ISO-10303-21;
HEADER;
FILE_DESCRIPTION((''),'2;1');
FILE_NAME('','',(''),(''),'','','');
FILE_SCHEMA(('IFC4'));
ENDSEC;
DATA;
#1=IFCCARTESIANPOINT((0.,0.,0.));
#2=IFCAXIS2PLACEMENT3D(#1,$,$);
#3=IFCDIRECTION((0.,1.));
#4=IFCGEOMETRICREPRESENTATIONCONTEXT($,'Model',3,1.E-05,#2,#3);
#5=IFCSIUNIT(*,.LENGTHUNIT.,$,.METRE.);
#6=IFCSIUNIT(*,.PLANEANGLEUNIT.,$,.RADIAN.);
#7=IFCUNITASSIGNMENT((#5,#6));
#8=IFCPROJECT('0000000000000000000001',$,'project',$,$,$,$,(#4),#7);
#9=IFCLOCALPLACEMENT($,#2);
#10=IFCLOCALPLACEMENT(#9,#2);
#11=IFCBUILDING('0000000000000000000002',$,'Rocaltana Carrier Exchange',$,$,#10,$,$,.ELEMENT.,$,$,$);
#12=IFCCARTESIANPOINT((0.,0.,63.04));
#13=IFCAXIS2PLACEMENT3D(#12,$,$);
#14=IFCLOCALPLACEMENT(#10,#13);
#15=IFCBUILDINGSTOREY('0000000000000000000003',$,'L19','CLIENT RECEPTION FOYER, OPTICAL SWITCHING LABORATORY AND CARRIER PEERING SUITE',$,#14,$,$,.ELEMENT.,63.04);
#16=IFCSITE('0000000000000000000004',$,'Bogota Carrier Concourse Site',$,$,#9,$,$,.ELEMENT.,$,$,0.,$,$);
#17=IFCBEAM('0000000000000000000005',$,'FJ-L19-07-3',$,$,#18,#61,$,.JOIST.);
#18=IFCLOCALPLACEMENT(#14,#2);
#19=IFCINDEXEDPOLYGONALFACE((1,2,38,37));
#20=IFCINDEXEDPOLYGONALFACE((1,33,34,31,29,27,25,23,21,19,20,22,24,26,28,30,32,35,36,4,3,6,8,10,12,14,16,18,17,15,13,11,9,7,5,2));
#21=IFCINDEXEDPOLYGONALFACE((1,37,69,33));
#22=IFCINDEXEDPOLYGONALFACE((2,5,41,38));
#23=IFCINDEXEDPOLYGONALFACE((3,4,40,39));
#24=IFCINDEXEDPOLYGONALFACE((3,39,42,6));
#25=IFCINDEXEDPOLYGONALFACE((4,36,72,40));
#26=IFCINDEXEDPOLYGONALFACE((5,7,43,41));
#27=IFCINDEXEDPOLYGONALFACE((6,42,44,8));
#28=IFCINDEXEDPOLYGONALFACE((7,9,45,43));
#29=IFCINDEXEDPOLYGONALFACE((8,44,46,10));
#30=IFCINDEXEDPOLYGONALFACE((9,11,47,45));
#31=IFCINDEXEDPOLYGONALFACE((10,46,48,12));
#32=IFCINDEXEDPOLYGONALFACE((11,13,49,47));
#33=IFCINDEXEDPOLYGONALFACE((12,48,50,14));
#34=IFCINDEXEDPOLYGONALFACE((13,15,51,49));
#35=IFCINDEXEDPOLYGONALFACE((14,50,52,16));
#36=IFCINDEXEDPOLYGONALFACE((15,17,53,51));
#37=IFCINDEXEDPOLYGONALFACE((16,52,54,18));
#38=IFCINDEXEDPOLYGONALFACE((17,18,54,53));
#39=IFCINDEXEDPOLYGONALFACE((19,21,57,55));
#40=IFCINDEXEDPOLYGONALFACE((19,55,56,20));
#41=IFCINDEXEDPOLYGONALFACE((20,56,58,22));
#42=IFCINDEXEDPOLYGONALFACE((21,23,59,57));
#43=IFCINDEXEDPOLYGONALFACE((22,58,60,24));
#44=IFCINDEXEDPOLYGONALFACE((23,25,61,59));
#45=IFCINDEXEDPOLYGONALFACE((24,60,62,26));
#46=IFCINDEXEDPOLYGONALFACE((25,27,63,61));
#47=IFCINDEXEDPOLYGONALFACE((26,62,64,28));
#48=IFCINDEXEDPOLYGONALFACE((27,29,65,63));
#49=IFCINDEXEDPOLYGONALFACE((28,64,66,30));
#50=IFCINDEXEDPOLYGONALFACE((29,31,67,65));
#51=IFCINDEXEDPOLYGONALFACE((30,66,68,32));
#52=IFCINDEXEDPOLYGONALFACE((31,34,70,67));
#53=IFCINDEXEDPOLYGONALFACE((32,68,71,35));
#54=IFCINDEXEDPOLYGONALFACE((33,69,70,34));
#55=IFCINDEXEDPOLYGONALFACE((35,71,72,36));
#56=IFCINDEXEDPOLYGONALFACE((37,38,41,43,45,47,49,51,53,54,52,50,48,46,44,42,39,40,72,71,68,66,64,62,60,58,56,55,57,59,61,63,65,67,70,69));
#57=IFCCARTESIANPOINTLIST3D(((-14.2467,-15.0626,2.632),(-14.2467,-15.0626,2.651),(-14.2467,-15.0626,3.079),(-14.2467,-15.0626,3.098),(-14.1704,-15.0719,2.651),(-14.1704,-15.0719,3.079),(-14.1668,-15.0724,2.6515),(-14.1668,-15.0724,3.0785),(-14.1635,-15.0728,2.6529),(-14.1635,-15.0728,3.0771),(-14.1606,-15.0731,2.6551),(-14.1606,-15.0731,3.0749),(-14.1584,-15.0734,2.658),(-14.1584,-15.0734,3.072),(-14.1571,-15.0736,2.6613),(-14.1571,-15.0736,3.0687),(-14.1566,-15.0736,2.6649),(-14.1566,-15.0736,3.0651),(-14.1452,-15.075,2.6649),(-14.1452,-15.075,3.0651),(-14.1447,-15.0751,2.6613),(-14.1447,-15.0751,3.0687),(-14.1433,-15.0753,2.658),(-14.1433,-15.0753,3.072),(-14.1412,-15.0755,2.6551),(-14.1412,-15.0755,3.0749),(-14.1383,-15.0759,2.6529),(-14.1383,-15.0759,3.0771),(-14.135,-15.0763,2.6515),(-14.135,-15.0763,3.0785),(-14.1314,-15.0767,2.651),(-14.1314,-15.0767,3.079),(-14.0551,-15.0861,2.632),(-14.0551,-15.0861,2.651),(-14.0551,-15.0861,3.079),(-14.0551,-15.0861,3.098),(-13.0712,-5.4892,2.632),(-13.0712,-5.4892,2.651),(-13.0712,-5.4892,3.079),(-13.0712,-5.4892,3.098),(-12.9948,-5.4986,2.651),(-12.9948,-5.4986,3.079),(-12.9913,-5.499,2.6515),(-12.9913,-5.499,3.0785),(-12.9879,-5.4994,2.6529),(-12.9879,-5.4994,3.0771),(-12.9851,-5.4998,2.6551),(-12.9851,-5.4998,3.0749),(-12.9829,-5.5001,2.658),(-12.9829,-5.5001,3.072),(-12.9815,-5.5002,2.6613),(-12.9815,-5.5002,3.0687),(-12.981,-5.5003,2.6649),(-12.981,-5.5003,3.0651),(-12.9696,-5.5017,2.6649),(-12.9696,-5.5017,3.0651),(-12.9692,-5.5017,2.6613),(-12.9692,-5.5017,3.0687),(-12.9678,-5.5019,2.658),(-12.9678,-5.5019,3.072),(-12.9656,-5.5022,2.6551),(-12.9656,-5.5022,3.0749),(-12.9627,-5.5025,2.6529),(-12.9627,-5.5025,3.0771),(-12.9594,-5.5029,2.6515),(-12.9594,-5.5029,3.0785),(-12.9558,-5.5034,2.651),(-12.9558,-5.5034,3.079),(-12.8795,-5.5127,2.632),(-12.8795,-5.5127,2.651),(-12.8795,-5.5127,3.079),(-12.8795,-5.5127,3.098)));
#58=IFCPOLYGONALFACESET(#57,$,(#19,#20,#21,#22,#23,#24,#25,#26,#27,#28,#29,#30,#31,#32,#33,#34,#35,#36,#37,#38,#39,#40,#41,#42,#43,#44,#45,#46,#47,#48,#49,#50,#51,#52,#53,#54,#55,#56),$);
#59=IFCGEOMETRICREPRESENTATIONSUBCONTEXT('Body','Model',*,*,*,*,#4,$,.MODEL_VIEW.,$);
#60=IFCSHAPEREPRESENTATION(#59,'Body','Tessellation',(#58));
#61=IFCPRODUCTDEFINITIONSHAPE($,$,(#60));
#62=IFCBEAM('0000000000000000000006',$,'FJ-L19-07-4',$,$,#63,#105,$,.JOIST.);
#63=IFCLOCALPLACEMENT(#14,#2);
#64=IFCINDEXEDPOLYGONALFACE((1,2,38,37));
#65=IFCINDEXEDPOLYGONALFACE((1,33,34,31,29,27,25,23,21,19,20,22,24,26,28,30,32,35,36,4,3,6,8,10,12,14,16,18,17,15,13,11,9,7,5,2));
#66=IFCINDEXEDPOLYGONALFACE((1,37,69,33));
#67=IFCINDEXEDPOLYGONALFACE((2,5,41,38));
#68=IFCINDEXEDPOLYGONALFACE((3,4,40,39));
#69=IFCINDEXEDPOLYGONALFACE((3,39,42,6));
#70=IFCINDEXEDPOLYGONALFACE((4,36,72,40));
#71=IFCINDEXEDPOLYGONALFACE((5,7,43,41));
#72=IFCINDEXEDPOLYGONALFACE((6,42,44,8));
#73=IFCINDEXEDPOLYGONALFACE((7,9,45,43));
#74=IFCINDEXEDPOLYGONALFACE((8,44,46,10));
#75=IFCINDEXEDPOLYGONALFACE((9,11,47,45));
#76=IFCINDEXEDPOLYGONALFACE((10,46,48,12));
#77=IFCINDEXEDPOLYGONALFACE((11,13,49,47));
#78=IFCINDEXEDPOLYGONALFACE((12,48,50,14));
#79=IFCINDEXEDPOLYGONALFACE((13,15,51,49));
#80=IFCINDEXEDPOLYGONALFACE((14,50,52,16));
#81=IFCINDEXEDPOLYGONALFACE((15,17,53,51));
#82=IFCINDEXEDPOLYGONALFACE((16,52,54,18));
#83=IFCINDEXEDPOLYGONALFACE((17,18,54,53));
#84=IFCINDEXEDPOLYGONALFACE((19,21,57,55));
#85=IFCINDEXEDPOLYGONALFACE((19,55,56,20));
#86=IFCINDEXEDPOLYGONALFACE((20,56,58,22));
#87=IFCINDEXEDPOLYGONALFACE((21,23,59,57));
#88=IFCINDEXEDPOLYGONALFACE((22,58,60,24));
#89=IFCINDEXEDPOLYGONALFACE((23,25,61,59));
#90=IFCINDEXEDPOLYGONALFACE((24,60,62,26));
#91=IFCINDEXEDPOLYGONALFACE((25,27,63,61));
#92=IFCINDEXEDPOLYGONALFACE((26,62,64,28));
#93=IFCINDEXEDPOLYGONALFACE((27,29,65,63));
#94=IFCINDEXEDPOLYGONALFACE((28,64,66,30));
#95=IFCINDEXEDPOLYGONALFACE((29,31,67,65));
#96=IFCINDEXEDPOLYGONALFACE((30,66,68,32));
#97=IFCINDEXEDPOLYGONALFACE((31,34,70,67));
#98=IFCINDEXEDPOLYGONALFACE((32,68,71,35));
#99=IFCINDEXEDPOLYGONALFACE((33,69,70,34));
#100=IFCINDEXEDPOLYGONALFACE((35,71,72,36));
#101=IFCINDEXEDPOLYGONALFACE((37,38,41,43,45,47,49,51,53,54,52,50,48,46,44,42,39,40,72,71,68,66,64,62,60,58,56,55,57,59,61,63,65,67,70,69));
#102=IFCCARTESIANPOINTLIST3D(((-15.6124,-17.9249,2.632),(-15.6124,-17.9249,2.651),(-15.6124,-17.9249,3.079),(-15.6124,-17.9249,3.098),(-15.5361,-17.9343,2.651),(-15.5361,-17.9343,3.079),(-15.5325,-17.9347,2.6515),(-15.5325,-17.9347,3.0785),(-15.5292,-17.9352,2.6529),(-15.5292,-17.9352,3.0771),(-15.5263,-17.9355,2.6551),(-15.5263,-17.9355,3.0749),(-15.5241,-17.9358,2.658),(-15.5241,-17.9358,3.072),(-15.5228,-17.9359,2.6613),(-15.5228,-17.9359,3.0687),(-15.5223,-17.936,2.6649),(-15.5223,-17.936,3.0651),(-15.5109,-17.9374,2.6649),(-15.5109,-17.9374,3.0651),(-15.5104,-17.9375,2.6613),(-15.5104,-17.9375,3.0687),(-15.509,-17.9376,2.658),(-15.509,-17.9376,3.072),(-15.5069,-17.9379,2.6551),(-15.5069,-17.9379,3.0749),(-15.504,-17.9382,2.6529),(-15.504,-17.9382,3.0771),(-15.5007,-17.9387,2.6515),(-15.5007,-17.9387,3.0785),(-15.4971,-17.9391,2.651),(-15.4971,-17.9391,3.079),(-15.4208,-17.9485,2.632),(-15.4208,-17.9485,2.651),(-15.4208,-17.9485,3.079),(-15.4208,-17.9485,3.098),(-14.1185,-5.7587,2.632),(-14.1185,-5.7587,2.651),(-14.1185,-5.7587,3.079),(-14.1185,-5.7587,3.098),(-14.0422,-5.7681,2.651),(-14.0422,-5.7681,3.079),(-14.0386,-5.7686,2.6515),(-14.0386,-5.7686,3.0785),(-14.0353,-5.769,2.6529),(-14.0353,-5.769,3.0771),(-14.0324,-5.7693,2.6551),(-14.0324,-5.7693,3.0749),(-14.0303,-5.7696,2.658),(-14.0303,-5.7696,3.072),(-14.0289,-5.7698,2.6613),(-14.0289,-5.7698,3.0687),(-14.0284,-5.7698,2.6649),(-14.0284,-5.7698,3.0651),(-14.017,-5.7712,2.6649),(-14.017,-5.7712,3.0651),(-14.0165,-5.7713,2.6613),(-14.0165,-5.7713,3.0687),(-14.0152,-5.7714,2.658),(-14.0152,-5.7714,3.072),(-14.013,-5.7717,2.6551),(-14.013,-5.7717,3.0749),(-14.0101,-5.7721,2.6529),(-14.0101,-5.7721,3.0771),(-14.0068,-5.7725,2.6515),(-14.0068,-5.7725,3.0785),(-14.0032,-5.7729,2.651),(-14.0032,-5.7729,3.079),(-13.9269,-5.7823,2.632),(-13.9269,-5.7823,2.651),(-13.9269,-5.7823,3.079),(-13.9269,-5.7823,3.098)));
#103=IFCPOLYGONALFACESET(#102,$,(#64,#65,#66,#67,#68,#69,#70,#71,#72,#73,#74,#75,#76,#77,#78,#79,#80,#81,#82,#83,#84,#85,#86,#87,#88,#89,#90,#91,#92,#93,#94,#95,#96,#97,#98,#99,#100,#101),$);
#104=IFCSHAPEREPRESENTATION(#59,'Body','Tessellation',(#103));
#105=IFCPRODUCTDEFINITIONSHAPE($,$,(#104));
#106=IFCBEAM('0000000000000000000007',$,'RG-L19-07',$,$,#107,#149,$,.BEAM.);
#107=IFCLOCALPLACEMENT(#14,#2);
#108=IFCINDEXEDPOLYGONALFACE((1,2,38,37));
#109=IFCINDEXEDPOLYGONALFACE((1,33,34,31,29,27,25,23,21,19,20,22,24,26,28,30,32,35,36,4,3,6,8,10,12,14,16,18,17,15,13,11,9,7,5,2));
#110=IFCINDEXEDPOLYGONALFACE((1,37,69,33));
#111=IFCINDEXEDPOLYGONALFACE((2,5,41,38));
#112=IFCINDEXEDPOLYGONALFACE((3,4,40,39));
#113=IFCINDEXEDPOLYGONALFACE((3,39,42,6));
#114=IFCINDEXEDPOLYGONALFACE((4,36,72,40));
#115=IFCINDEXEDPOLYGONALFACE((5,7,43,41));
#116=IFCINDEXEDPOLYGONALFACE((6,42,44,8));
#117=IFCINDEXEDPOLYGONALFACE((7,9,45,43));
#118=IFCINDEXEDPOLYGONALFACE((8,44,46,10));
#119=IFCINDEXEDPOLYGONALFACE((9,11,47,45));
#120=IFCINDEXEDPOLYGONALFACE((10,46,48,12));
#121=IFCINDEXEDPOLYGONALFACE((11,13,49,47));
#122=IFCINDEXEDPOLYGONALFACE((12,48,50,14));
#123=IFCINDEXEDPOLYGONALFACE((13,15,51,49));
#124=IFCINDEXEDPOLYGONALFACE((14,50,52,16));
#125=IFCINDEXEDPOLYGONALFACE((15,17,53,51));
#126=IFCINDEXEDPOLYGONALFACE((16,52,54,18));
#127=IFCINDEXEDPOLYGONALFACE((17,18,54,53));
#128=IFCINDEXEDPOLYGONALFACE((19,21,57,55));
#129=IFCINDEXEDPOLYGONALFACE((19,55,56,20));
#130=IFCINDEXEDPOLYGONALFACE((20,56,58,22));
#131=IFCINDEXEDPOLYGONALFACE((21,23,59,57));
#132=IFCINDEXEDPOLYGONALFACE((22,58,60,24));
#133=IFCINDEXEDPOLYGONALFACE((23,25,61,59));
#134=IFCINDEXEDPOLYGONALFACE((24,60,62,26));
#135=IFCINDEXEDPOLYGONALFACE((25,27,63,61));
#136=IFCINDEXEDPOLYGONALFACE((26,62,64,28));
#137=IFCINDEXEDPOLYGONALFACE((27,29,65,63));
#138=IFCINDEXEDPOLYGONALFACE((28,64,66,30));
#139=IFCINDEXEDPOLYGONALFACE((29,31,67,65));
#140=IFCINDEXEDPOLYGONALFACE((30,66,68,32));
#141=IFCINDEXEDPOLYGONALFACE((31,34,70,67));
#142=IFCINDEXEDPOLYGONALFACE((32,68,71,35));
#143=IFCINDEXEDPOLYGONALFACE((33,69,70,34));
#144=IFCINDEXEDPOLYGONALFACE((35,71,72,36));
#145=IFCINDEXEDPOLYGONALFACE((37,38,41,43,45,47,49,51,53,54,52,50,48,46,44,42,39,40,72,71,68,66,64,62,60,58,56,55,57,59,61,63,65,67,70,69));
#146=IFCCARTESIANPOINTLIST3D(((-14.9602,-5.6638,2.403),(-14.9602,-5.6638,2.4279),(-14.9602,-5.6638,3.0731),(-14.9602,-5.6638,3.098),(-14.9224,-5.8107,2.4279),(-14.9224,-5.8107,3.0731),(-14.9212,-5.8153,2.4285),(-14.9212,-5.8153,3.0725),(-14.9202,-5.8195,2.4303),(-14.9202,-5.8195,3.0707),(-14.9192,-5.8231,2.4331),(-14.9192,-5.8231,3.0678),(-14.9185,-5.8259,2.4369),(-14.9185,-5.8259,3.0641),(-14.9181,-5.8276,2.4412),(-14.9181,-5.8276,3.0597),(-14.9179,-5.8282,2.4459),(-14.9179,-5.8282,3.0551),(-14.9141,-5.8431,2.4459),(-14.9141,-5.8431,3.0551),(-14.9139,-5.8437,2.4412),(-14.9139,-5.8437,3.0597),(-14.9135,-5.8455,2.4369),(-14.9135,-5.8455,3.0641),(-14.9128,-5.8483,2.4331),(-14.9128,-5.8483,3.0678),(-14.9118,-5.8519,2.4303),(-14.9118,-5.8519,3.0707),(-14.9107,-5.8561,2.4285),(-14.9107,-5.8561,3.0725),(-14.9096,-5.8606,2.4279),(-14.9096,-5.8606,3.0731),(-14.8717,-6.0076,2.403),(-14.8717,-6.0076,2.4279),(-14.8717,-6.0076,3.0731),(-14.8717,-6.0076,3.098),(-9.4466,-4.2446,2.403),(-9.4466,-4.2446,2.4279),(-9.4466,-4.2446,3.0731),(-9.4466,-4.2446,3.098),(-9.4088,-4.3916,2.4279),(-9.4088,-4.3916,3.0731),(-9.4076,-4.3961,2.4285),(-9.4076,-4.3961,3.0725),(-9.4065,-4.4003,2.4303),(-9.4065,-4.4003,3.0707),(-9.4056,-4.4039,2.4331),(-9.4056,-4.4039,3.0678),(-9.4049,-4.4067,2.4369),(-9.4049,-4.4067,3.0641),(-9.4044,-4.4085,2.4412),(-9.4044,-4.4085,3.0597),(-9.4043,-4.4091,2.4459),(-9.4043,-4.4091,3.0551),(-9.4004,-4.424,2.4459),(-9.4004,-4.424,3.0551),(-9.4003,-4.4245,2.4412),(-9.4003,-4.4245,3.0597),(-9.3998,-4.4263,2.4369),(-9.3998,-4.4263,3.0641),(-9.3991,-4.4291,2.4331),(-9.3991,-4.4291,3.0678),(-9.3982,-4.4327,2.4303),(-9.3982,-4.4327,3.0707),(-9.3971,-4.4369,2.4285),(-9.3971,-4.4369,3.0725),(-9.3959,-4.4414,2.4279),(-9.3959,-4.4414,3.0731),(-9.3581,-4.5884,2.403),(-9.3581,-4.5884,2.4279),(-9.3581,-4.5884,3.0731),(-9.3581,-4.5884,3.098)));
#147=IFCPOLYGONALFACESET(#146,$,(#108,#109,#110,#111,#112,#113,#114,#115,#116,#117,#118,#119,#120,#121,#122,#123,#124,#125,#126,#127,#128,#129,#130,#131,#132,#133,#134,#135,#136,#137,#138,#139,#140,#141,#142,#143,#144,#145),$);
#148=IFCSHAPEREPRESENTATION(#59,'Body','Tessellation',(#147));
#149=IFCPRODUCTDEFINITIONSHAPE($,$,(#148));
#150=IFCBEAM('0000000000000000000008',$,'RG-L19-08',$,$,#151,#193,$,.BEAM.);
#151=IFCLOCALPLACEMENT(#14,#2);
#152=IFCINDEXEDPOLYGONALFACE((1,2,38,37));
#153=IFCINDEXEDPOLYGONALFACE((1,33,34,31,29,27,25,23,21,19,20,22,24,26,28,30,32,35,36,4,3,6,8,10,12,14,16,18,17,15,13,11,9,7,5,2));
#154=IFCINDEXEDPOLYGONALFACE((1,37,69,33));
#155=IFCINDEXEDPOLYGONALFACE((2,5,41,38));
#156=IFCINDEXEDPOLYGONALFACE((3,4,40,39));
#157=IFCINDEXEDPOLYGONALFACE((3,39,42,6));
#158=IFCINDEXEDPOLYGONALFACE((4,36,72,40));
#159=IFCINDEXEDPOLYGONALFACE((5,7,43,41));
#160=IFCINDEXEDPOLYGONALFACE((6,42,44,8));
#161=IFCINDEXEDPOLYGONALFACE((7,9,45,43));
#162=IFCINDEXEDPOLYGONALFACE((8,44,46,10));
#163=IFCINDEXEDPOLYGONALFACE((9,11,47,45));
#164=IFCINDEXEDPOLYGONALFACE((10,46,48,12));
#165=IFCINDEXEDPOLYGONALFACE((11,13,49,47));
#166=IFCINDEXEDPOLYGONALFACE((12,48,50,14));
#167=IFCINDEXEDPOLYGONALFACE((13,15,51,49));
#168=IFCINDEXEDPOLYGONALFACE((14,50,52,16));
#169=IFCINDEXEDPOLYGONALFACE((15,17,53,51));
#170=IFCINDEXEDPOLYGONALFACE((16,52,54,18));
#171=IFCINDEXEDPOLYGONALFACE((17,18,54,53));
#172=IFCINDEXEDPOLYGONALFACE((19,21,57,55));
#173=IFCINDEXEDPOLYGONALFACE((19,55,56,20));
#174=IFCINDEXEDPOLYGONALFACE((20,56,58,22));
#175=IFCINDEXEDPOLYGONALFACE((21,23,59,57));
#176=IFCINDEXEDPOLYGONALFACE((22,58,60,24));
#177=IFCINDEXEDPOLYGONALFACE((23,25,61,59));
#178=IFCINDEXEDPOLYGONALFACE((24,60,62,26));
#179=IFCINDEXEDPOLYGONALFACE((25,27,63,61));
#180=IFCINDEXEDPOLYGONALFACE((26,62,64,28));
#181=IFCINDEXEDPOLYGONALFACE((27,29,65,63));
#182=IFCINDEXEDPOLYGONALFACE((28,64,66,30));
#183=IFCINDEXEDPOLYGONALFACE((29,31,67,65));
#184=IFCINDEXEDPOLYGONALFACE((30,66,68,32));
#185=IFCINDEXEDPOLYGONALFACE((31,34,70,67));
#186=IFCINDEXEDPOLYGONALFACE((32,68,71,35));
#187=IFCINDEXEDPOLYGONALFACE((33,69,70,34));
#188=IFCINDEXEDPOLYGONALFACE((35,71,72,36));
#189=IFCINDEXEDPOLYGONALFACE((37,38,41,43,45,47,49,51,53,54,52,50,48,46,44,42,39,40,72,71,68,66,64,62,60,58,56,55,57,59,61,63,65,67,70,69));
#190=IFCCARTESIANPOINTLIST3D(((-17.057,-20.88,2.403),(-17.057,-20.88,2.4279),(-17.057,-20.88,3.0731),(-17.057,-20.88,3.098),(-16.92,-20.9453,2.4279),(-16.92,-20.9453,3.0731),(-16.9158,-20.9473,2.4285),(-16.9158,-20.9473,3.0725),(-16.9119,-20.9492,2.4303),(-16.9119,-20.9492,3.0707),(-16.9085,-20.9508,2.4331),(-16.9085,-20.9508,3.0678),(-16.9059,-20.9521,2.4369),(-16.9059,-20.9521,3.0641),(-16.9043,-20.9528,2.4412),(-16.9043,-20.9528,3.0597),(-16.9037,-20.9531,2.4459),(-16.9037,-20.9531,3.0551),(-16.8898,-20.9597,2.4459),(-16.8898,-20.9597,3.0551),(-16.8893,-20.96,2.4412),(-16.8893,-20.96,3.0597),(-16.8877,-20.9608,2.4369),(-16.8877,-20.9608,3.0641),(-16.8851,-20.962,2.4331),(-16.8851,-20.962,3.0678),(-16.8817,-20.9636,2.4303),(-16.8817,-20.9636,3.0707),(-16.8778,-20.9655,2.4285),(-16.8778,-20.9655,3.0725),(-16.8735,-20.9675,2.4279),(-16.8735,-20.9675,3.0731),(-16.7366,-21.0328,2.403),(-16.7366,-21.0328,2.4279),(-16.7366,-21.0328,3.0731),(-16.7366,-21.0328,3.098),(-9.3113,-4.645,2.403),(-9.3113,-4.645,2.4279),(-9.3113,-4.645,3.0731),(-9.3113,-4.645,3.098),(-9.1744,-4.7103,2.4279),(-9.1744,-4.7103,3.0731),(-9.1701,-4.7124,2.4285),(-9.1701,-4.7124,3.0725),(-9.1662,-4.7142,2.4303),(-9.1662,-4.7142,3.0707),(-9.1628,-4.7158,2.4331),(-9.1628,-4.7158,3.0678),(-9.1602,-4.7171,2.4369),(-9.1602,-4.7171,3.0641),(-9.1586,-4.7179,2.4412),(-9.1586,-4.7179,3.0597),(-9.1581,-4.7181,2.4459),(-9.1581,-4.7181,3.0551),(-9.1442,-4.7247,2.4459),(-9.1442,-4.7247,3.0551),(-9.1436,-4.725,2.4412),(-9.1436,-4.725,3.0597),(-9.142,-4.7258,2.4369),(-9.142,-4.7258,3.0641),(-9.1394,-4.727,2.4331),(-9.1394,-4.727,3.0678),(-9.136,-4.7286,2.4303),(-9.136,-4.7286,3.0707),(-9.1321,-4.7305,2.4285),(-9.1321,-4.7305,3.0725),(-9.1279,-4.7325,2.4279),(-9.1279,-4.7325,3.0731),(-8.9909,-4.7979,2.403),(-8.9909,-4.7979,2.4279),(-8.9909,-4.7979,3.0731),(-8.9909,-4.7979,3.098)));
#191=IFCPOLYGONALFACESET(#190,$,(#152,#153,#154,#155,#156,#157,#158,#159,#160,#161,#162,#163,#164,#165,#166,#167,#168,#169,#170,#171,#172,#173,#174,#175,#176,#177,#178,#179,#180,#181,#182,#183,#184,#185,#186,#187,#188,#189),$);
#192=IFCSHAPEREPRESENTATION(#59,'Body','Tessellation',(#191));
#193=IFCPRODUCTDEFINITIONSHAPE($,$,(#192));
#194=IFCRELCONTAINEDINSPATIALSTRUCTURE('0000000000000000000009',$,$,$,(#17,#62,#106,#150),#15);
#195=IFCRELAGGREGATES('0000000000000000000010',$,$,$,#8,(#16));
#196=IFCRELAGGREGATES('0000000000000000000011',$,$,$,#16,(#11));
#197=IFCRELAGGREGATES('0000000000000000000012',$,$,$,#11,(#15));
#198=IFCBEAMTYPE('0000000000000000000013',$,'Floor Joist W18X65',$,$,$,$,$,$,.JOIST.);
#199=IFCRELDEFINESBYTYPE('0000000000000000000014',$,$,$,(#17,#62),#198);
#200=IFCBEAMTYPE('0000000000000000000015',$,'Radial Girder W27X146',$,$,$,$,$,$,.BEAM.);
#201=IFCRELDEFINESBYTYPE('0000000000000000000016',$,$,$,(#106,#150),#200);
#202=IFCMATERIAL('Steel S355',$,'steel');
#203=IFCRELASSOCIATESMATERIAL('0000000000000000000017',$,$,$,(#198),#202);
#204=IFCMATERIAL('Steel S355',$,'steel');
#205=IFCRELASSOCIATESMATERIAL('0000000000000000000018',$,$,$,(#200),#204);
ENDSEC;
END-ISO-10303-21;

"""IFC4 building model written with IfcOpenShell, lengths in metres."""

from ifc_helpers import new_model, si_unit, direction, frame, origin, origin_2d, place, context, subcontext, project, spatial, i_section, extrude, material, material_profile, profile_set, type_object, element, save


model = new_model("IFC4")

# Units and contexts
model_context = context("Model", 3, precision=1e-05, world=origin(), true_north=direction((0.0, 1.0)))
body_context = subcontext(model_context, "Body", "Model", "MODEL_VIEW")
ifc_project = project(units=[si_unit("LENGTHUNIT", "METRE"), si_unit("PLANEANGLEUNIT", "RADIAN")], contexts=[model_context])

# Site, building, storey
site_placement = place(None, origin())
site = spatial("IfcSite", under=ifc_project, at=site_placement, Name="Bogota Carrier Concourse Site", CompositionType="ELEMENT", RefElevation=0.0)
building_placement = place(site_placement, origin())
building = spatial("IfcBuilding", under=site, at=building_placement, Name="Rocaltana Carrier Exchange", CompositionType="ELEMENT")
storey_placement = place(building_placement, frame((0.0, 0.0, 63.04)))
storey = spatial("IfcBuildingStorey", under=building, at=storey_placement, Name="L19", Description="CLIENT RECEPTION FOYER, OPTICAL SWITCHING LABORATORY AND CARRIER PEERING SUITE", CompositionType="ELEMENT", Elevation=63.04)

# Beams
ifc_material_1 = material(Name="Steel S355", Category="steel")
ifc_material_profile_1 = material_profile(ifc_material_1, i_section(OverallWidth=0.1931, OverallDepth=0.4661, WebThickness=0.0115, FlangeThickness=0.019, FilletRadius=0.0139, at=origin_2d()), Name="W18X65")
ifc_profile_set_1 = profile_set([ifc_material_profile_1], Name="Steel S355")
beam_type_1 = type_object("IfcBeamType", Name="Floor Joist W18X65", PredefinedType="JOIST", material=ifc_profile_set_1)
beam_1_placement = place(storey_placement, frame((-12.9753, -5.501, 2.865), z_axis=(-0.121879, -0.992545, 0.0), x_axis=(0.992545, -0.121879, 0.0)))
element("IfcBeam", 1, at=beam_1_placement, inside=storey, type_object=beam_type_1, Name="FJ-L19-07-3", PredefinedType="JOIST", context=body_context, shape_type="SweptSolid", body=[
    extrude(i_section(OverallWidth=0.1931, OverallDepth=0.4661, WebThickness=0.0115, FlangeThickness=0.019, FilletRadius=0.0139, at=origin_2d()), origin(), (0.0, 0.0, 1.0), 9.6453),
])
beam_2_placement = place(storey_placement, frame((-14.0227, -5.7705, 2.865), z_axis=(-0.121875, -0.992545, 0.0), x_axis=(0.992545, -0.121875, 0.0)))
element("IfcBeam", 2, at=beam_2_placement, inside=storey, type_object=beam_type_1, Name="FJ-L19-07-4", PredefinedType="JOIST", context=body_context, shape_type="SweptSolid", body=[
    extrude(i_section(OverallWidth=0.1931, OverallDepth=0.4661, WebThickness=0.0115, FlangeThickness=0.019, FilletRadius=0.0139, at=origin_2d()), origin(), (0.0, 0.0, 1.0), 12.2576),
])
ifc_material_2 = material(Name="Steel S355", Category="steel")
ifc_material_profile_2 = material_profile(ifc_material_2, i_section(OverallWidth=0.355, OverallDepth=0.6951, WebThickness=0.0154, FlangeThickness=0.0249, FilletRadius=0.0181, at=origin_2d()), Name="W27X146")
ifc_profile_set_2 = profile_set([ifc_material_profile_2], Name="Steel S355")
beam_type_2 = type_object("IfcBeamType", Name="Radial Girder W27X146", PredefinedType="BEAM", material=ifc_profile_set_2)
beam_3_placement = place(storey_placement, frame((-9.4023, -4.4165, 2.7505), z_axis=(-0.968434, -0.24927, 0.0), x_axis=(0.24927, -0.968434, 0.0)))
element("IfcBeam", 3, at=beam_3_placement, inside=storey, type_object=beam_type_2, Name="RG-L19-07", PredefinedType="BEAM", context=body_context, shape_type="SweptSolid", body=[
    extrude(i_section(OverallWidth=0.355, OverallDepth=0.6951, WebThickness=0.0154, FlangeThickness=0.0249, FilletRadius=0.0181, at=origin_2d()), origin(), (0.0, 0.0, 1.0), 5.6934),
])
beam_4_placement = place(storey_placement, frame((-9.1511, -4.7214, 2.7505), z_axis=(-0.4306, -0.902543, 0.0), x_axis=(0.902543, -0.4306, 0.0)))
element("IfcBeam", 4, at=beam_4_placement, inside=storey, type_object=beam_type_2, Name="RG-L19-08", PredefinedType="BEAM", context=body_context, shape_type="SweptSolid", body=[
    extrude(i_section(OverallWidth=0.355, OverallDepth=0.6951, WebThickness=0.0154, FlangeThickness=0.0249, FilletRadius=0.0181, at=origin_2d()), origin(), (0.0, 0.0, 1.0), 17.988),
])

save(model, "model.ifc")
